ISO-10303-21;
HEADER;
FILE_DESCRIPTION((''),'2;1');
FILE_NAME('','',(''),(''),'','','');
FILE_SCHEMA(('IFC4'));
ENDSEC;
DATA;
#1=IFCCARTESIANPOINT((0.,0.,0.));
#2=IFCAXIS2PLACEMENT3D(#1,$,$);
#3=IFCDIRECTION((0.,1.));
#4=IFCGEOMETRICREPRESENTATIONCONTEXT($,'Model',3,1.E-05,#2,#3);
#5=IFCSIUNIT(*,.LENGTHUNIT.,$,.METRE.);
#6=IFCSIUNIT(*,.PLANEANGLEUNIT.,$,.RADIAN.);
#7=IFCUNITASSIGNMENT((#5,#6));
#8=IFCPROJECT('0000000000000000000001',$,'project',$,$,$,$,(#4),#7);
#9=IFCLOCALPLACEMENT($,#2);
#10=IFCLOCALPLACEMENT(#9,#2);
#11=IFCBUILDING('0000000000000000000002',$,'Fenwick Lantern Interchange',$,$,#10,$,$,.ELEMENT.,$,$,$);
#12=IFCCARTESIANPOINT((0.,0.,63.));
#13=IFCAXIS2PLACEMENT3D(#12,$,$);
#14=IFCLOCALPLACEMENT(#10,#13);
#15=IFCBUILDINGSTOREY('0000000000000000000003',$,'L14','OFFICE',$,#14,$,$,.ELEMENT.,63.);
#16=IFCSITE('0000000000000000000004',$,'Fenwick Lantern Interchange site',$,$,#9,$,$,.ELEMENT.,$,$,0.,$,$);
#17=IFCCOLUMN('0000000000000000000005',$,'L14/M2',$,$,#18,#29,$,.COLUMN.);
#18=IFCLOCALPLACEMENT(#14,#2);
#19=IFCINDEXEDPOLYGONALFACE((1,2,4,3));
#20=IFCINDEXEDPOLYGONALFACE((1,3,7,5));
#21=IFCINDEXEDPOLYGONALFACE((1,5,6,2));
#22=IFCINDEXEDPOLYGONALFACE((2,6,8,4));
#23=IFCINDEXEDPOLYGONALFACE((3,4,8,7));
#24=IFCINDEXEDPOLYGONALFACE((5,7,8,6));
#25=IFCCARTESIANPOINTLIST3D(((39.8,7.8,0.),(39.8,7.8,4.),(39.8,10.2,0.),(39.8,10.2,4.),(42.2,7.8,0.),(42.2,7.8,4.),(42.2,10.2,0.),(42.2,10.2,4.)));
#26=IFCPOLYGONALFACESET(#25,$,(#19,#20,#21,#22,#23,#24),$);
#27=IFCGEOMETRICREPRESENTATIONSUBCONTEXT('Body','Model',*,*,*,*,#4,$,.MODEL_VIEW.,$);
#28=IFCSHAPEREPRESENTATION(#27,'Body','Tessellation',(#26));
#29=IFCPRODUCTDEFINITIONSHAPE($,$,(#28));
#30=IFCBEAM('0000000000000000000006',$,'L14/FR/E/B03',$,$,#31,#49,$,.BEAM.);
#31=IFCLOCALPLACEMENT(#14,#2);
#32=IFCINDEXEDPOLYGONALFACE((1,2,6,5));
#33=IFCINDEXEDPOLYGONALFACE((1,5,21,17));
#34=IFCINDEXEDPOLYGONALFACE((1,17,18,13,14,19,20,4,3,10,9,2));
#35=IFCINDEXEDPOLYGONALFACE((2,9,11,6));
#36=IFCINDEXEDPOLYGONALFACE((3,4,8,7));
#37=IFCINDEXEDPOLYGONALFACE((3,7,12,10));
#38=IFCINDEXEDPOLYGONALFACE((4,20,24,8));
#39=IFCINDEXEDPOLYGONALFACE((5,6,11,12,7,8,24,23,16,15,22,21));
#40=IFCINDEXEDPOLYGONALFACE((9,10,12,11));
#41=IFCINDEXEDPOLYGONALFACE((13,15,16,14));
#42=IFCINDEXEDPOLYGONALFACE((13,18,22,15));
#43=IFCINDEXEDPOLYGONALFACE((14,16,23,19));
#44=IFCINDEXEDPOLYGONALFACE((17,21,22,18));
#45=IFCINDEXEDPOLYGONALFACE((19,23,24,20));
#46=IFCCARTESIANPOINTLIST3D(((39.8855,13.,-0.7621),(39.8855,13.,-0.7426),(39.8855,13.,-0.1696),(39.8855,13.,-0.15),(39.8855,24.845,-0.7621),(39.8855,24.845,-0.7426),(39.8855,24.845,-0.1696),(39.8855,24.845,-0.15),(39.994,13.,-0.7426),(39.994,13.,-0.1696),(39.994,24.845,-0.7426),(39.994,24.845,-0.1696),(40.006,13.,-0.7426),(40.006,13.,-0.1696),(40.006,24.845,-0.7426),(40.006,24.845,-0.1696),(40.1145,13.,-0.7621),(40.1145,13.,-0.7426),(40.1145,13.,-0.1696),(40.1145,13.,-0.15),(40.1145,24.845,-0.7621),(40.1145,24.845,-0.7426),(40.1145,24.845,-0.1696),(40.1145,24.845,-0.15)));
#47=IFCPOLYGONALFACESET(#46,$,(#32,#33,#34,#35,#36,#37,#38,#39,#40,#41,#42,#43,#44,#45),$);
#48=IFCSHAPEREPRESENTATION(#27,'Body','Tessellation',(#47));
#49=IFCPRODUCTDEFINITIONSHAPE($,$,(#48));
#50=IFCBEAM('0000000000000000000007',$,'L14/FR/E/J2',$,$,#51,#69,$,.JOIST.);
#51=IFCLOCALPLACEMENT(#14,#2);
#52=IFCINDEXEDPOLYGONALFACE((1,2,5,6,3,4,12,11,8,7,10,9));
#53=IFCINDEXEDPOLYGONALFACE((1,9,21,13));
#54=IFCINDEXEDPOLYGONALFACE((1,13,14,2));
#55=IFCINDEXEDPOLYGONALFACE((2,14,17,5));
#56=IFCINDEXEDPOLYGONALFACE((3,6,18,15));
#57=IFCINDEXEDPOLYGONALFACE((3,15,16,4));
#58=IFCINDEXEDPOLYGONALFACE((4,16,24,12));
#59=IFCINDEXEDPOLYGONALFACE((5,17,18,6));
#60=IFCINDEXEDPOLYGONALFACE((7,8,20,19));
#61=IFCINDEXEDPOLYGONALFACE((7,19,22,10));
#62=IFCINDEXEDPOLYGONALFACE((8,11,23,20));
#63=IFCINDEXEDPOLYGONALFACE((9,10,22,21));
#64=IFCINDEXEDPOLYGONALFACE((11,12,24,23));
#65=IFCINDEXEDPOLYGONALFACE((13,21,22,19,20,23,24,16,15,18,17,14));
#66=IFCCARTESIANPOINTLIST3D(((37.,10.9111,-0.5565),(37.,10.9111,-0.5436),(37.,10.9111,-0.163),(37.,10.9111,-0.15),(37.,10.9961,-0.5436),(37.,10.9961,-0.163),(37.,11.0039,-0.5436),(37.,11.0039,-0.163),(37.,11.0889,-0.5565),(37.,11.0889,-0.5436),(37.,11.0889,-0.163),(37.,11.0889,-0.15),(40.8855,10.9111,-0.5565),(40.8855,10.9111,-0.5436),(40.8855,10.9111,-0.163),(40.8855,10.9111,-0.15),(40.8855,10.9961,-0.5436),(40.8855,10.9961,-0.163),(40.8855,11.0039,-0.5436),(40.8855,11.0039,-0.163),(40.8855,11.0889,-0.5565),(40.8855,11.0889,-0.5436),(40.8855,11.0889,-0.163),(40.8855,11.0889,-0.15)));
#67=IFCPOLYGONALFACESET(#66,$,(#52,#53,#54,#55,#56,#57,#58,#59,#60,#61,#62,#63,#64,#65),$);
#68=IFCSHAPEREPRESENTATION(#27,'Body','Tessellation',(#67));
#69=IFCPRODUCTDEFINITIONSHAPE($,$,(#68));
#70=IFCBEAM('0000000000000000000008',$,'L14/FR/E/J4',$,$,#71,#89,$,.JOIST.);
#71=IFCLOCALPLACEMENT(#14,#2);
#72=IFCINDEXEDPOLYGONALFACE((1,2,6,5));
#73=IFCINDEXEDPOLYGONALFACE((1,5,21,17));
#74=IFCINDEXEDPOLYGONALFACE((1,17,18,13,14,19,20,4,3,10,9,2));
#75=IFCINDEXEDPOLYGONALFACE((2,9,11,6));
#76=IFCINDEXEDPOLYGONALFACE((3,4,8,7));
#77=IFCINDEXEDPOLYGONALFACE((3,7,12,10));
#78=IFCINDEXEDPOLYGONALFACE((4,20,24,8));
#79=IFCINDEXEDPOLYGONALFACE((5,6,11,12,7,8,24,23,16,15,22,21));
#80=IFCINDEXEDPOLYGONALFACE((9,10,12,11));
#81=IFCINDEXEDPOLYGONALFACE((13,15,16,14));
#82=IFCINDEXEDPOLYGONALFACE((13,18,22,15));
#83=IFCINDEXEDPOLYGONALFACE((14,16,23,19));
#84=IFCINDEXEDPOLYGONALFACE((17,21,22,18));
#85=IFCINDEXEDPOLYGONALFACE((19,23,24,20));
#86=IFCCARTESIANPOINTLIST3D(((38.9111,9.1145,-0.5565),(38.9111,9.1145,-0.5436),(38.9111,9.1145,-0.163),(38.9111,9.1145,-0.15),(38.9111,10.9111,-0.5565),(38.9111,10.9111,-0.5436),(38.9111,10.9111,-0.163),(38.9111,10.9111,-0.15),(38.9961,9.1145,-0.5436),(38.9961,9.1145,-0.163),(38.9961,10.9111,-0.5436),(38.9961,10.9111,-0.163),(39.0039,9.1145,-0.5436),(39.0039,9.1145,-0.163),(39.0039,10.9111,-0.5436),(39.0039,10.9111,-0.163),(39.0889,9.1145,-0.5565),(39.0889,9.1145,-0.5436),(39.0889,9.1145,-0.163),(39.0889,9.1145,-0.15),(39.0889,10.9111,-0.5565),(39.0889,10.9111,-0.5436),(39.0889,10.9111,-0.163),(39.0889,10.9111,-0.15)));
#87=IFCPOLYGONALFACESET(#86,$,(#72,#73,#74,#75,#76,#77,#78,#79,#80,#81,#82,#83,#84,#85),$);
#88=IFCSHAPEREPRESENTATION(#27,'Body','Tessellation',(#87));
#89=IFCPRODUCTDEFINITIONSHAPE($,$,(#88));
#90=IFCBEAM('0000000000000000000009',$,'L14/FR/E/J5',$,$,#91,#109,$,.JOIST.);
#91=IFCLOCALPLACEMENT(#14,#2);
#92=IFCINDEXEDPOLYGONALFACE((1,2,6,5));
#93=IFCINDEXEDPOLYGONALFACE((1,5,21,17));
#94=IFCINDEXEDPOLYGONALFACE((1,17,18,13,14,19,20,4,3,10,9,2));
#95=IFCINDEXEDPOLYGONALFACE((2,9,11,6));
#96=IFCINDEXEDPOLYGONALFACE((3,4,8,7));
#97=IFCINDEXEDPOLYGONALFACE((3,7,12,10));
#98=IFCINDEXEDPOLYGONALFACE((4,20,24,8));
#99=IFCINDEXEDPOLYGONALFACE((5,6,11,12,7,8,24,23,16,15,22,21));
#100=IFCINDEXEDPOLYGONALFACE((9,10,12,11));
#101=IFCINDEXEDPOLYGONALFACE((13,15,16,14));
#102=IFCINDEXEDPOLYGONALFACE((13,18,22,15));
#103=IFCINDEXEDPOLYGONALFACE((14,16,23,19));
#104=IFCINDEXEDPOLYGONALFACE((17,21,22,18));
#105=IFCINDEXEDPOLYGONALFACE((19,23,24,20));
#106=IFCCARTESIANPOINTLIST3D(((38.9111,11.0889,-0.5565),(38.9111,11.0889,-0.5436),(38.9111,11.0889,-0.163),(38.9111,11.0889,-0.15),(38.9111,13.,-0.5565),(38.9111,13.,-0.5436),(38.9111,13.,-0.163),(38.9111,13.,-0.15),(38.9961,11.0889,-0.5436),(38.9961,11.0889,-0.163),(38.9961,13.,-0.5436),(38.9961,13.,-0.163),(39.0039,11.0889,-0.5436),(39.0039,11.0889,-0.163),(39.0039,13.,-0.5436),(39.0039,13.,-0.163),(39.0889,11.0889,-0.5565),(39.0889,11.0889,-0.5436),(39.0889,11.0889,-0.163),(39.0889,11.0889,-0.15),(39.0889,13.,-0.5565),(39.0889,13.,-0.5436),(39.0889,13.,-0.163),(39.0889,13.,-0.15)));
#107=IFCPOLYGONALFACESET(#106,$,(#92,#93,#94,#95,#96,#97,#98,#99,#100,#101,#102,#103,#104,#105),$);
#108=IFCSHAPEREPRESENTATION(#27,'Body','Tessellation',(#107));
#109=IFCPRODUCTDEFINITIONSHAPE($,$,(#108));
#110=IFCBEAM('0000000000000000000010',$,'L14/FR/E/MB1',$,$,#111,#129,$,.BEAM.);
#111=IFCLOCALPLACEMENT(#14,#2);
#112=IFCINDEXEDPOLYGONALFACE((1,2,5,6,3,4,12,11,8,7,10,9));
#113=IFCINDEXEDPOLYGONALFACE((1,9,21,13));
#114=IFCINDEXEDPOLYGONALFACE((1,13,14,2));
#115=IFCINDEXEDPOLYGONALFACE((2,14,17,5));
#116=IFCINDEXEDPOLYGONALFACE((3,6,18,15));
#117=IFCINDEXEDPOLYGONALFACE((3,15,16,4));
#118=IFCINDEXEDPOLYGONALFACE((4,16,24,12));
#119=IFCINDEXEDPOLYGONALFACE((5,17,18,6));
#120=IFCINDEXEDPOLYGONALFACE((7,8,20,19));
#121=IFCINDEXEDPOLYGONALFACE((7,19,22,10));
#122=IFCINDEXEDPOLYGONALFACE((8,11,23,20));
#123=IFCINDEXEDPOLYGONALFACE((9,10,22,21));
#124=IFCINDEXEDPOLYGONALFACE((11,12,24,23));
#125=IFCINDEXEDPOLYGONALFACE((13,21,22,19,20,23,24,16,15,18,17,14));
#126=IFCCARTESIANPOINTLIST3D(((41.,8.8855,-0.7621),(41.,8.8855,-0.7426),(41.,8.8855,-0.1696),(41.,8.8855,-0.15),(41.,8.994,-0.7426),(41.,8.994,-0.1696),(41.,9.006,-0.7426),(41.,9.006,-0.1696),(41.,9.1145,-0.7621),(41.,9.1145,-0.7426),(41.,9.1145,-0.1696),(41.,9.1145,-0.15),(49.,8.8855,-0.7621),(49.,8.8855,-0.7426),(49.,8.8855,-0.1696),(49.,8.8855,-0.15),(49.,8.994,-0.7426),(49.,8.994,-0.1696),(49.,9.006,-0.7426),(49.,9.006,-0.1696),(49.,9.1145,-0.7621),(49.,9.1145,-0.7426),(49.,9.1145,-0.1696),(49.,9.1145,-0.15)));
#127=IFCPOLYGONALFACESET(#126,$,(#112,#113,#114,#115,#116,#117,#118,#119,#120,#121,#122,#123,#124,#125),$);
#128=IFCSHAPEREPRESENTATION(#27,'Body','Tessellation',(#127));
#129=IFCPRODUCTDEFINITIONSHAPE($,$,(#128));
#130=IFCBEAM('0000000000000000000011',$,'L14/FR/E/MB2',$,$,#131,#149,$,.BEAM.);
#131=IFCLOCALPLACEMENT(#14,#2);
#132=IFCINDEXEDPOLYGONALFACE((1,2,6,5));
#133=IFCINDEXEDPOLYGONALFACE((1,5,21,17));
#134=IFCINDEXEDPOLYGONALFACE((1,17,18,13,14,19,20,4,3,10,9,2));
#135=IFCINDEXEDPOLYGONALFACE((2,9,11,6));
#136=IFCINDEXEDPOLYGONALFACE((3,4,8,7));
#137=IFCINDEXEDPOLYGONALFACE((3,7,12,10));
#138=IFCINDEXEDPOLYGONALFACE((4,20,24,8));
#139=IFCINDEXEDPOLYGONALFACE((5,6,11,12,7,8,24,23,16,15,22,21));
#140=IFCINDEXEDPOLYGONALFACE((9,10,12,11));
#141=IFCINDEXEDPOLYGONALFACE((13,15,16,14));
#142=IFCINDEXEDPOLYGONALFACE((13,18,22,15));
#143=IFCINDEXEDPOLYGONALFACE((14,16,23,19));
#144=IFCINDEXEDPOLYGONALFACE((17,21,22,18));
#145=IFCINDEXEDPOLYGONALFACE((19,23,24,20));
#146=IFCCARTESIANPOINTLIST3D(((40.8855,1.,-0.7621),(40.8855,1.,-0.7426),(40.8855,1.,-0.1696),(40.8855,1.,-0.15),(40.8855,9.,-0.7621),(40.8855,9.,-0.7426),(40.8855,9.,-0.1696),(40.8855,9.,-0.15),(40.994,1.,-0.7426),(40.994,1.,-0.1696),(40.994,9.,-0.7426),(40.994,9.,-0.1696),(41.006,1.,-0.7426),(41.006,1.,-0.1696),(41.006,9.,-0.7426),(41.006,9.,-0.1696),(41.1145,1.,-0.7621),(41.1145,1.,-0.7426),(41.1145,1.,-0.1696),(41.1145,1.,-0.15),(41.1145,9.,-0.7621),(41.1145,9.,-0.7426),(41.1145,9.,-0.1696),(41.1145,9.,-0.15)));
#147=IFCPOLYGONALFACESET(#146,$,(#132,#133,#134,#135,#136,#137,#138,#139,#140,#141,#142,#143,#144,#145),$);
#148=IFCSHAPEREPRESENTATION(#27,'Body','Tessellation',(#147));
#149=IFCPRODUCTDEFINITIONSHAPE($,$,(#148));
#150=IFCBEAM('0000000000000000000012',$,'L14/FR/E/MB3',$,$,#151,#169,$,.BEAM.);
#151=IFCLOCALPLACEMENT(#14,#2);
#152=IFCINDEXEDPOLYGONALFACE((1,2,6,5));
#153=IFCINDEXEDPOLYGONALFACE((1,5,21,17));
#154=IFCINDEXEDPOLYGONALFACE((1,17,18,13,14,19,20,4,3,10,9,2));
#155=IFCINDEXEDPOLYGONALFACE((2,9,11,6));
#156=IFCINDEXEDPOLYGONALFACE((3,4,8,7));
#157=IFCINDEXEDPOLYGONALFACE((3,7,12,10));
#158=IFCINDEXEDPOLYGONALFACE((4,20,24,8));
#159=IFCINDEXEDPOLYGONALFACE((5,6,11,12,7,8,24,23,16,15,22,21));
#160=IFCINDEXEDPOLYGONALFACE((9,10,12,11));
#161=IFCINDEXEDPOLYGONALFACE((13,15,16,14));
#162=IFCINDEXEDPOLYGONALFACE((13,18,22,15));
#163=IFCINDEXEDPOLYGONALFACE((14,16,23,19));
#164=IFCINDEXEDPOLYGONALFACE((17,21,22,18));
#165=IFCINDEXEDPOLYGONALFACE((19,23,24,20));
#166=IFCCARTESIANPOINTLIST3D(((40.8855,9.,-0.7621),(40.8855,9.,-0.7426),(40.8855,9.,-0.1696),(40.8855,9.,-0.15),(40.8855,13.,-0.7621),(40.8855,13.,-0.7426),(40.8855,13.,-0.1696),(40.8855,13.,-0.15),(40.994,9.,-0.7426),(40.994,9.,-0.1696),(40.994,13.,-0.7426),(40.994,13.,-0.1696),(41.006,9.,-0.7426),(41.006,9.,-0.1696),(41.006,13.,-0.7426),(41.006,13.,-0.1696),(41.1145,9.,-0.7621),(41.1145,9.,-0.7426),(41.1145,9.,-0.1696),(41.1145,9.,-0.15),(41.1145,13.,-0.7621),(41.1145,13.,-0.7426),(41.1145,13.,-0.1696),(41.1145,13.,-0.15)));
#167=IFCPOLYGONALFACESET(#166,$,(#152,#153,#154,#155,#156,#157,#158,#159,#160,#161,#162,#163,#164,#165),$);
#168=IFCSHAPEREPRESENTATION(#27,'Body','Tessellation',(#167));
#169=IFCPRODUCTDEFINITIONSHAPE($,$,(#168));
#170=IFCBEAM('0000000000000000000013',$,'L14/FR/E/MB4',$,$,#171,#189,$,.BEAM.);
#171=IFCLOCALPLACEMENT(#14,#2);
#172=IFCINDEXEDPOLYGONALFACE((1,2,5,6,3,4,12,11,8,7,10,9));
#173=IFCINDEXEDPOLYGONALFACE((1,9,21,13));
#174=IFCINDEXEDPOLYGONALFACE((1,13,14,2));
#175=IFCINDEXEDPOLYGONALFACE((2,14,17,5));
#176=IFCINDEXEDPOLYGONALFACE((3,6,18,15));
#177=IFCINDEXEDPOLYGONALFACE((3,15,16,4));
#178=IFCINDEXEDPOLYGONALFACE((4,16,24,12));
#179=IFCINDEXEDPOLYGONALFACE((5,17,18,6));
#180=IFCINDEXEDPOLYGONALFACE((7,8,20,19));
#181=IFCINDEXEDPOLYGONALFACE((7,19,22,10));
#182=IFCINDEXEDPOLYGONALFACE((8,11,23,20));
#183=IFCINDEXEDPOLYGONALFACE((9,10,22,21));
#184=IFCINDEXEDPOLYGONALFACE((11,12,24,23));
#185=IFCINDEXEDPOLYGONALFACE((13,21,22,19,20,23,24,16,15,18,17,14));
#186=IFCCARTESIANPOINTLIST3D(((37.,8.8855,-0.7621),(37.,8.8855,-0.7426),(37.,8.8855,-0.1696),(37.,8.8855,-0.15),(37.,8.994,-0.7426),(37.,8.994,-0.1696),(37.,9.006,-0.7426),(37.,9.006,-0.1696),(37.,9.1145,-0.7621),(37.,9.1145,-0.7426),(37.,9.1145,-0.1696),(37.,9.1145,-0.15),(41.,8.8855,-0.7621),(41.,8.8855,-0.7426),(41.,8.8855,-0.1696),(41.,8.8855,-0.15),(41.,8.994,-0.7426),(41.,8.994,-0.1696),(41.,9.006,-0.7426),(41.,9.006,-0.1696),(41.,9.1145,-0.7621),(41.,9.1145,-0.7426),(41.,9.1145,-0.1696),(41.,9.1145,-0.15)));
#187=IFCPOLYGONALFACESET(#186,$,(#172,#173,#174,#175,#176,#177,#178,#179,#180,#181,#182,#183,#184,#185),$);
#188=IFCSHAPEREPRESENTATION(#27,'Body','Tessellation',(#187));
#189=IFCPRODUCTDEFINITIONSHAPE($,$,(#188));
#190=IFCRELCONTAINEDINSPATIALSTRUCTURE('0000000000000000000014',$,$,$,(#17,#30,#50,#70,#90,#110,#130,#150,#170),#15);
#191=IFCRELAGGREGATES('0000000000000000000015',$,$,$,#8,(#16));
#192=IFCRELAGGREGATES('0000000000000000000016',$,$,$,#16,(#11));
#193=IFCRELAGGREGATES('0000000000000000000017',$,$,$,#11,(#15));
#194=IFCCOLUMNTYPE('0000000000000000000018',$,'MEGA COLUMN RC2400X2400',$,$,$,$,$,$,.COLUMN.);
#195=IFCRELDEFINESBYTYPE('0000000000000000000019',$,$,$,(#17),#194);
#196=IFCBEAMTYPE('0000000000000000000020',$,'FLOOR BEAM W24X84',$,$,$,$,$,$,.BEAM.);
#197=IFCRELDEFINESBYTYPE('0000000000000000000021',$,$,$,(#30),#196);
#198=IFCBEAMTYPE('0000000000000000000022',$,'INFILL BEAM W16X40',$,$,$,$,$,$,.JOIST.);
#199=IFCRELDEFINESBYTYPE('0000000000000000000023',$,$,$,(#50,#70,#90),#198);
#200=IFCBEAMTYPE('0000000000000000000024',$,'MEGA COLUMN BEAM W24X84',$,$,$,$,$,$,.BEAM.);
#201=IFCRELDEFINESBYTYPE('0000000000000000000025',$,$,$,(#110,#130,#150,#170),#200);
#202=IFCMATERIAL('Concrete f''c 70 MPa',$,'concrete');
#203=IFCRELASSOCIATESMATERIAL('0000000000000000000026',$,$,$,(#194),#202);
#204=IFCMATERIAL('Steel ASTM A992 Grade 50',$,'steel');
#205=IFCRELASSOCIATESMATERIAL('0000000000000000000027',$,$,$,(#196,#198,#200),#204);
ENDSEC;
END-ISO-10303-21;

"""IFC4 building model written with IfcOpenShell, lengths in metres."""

from ifc_helpers import new_model, si_unit, direction, frame, origin, origin_2d, place, context, subcontext, project, spatial, rectangle, i_section, extrude, material, material_profile, profile_set, type_object, element, save


model = new_model("IFC4")

# Units and contexts
model_context = context("Model", 3, precision=1e-05, world=origin(), true_north=direction((0.0, 1.0)))
body_context = subcontext(model_context, "Body", "Model", "MODEL_VIEW")
ifc_project = project(units=[si_unit("LENGTHUNIT", "METRE"), si_unit("PLANEANGLEUNIT", "RADIAN")], contexts=[model_context])

# Site, building, storey
site_placement = place(None, origin())
site = spatial("IfcSite", under=ifc_project, at=site_placement, Name="Fenwick Lantern Interchange site", CompositionType="ELEMENT", RefElevation=0.0)
building_placement = place(site_placement, origin())
building = spatial("IfcBuilding", under=site, at=building_placement, Name="Fenwick Lantern Interchange", CompositionType="ELEMENT")
storey_placement = place(building_placement, frame((0.0, 0.0, 63.0)))
storey = spatial("IfcBuildingStorey", under=building, at=storey_placement, Name="L14", Description="OFFICE", CompositionType="ELEMENT", Elevation=63.0)

# Column
ifc_material_1 = material(Name="Concrete f'c 70 MPa", Category="concrete")
ifc_material_profile_1 = material_profile(ifc_material_1, rectangle(XDim=2.3999, YDim=2.3999, at=origin_2d()), Name="RC2400X2400")
ifc_profile_set_1 = profile_set([ifc_material_profile_1], Name="Concrete f'c 70 MPa")
column_type = type_object("IfcColumnType", Name="MEGA COLUMN RC2400X2400", PredefinedType="COLUMN", material=ifc_profile_set_1)
column_placement = place(storey_placement, frame((41.0, 9.0, 0.0), z_axis=(0.0, 0.0, 1.0), x_axis=(1.0, 0.0, 0.0)))
element("IfcColumn", 1, at=column_placement, inside=storey, type_object=column_type, Name="L14/M2", PredefinedType="COLUMN", context=body_context, shape_type="SweptSolid", body=[
    extrude(rectangle(XDim=2.3999, YDim=2.3999, at=origin_2d()), origin(), (0.0, 0.0, 1.0), 4.0),
])

# Beams
ifc_material_2 = material(Name="Steel ASTM A992 Grade 50", Category="steel")
ifc_material_profile_2 = material_profile(ifc_material_2, i_section(OverallWidth=0.229, OverallDepth=0.6121, WebThickness=0.012, FlangeThickness=0.0195, at=origin_2d()), Name="W24X84")
ifc_profile_set_2 = profile_set([ifc_material_profile_2], Name="Steel ASTM A992 Grade 50")
beam_type_1 = type_object("IfcBeamType", Name="FLOOR BEAM W24X84", PredefinedType="BEAM", material=ifc_profile_set_2)
beam_1_placement = place(storey_placement, frame((40.0, 13.0, -0.4561), z_axis=(0.0, 1.0, 0.0), x_axis=(-1.0, 0.0, 0.0)))
element("IfcBeam", 2, at=beam_1_placement, inside=storey, type_object=beam_type_1, Name="L14/FR/E/B03", PredefinedType="BEAM", context=body_context, shape_type="SweptSolid", body=[
    extrude(i_section(OverallWidth=0.229, OverallDepth=0.6121, WebThickness=0.012, FlangeThickness=0.0195, at=origin_2d()), origin(), (0.0, 0.0, 1.0), 11.845),
])
ifc_material_profile_3 = material_profile(ifc_material_2, i_section(OverallWidth=0.1777, OverallDepth=0.4065, WebThickness=0.0078, FlangeThickness=0.0129, at=origin_2d()), Name="W16X40")
ifc_profile_set_3 = profile_set([ifc_material_profile_3], Name="Steel ASTM A992 Grade 50")
beam_type_2 = type_object("IfcBeamType", Name="INFILL BEAM W16X40", PredefinedType="JOIST", material=ifc_profile_set_3)
beam_2_placement = place(storey_placement, frame((40.8855, 11.0, -0.3533), z_axis=(-1.0, 0.0, 0.0), x_axis=(0.0, -1.0, 0.0)))
element("IfcBeam", 3, at=beam_2_placement, inside=storey, type_object=beam_type_2, Name="L14/FR/E/J2", PredefinedType="JOIST", context=body_context, shape_type="SweptSolid", body=[
    extrude(i_section(OverallWidth=0.1777, OverallDepth=0.4065, WebThickness=0.0078, FlangeThickness=0.0129, at=origin_2d()), origin(), (0.0, 0.0, 1.0), 3.8855),
])
beam_3_placement = place(storey_placement, frame((39.0, 9.1145, -0.3533), z_axis=(0.0, 1.0, 0.0), x_axis=(-1.0, 0.0, 0.0)))
element("IfcBeam", 4, at=beam_3_placement, inside=storey, type_object=beam_type_2, Name="L14/FR/E/J4", PredefinedType="JOIST", context=body_context, shape_type="SweptSolid", body=[
    extrude(i_section(OverallWidth=0.1777, OverallDepth=0.4065, WebThickness=0.0078, FlangeThickness=0.0129, at=origin_2d()), origin(), (0.0, 0.0, 1.0), 1.7966),
])
beam_4_placement = place(storey_placement, frame((39.0, 11.0889, -0.3533), z_axis=(0.0, 1.0, 0.0), x_axis=(-1.0, 0.0, 0.0)))
element("IfcBeam", 5, at=beam_4_placement, inside=storey, type_object=beam_type_2, Name="L14/FR/E/J5", PredefinedType="JOIST", context=body_context, shape_type="SweptSolid", body=[
    extrude(i_section(OverallWidth=0.1777, OverallDepth=0.4065, WebThickness=0.0078, FlangeThickness=0.0129, at=origin_2d()), origin(), (0.0, 0.0, 1.0), 1.9111),
])
ifc_material_profile_4 = material_profile(ifc_material_2, i_section(OverallWidth=0.229, OverallDepth=0.6121, WebThickness=0.012, FlangeThickness=0.0195, at=origin_2d()), Name="W24X84")
ifc_profile_set_4 = profile_set([ifc_material_profile_4], Name="Steel ASTM A992 Grade 50")
beam_type_3 = type_object("IfcBeamType", Name="MEGA COLUMN BEAM W24X84", PredefinedType="BEAM", material=ifc_profile_set_4)
for number, where, z_axis, x_axis, name in (
    (6, (41.0, 9.0, -0.4561), (1.0, 0.0, 0.0), (0.0, 1.0, 0.0), "L14/FR/E/MB1"),
    (7, (41.0, 9.0, -0.4561), (0.0, -1.0, 0.0), (1.0, 0.0, 0.0), "L14/FR/E/MB2"),
):
    element("IfcBeam", number, at=place(storey_placement, frame(where, z_axis=z_axis, x_axis=x_axis)), inside=storey, type_object=beam_type_3, Name=name, PredefinedType="BEAM", context=body_context, shape_type="SweptSolid", body=[
        extrude(i_section(OverallWidth=0.229, OverallDepth=0.6121, WebThickness=0.012, FlangeThickness=0.0195, at=origin_2d()), origin(), (0.0, 0.0, 1.0), 8.0),
    ])
for number, where, z_axis, x_axis, name in (
    (8, (41.0, 9.0, -0.4561), (0.0, 1.0, 0.0), (-1.0, 0.0, 0.0), "L14/FR/E/MB3"),
    (9, (41.0, 9.0, -0.4561), (-1.0, 0.0, 0.0), (0.0, -1.0, 0.0), "L14/FR/E/MB4"),
):
    element("IfcBeam", number, at=place(storey_placement, frame(where, z_axis=z_axis, x_axis=x_axis)), inside=storey, type_object=beam_type_3, Name=name, PredefinedType="BEAM", context=body_context, shape_type="SweptSolid", body=[
        extrude(i_section(OverallWidth=0.229, OverallDepth=0.6121, WebThickness=0.012, FlangeThickness=0.0195, at=origin_2d()), origin(), (0.0, 0.0, 1.0), 4.0),
    ])

save(model, "model.ifc")
